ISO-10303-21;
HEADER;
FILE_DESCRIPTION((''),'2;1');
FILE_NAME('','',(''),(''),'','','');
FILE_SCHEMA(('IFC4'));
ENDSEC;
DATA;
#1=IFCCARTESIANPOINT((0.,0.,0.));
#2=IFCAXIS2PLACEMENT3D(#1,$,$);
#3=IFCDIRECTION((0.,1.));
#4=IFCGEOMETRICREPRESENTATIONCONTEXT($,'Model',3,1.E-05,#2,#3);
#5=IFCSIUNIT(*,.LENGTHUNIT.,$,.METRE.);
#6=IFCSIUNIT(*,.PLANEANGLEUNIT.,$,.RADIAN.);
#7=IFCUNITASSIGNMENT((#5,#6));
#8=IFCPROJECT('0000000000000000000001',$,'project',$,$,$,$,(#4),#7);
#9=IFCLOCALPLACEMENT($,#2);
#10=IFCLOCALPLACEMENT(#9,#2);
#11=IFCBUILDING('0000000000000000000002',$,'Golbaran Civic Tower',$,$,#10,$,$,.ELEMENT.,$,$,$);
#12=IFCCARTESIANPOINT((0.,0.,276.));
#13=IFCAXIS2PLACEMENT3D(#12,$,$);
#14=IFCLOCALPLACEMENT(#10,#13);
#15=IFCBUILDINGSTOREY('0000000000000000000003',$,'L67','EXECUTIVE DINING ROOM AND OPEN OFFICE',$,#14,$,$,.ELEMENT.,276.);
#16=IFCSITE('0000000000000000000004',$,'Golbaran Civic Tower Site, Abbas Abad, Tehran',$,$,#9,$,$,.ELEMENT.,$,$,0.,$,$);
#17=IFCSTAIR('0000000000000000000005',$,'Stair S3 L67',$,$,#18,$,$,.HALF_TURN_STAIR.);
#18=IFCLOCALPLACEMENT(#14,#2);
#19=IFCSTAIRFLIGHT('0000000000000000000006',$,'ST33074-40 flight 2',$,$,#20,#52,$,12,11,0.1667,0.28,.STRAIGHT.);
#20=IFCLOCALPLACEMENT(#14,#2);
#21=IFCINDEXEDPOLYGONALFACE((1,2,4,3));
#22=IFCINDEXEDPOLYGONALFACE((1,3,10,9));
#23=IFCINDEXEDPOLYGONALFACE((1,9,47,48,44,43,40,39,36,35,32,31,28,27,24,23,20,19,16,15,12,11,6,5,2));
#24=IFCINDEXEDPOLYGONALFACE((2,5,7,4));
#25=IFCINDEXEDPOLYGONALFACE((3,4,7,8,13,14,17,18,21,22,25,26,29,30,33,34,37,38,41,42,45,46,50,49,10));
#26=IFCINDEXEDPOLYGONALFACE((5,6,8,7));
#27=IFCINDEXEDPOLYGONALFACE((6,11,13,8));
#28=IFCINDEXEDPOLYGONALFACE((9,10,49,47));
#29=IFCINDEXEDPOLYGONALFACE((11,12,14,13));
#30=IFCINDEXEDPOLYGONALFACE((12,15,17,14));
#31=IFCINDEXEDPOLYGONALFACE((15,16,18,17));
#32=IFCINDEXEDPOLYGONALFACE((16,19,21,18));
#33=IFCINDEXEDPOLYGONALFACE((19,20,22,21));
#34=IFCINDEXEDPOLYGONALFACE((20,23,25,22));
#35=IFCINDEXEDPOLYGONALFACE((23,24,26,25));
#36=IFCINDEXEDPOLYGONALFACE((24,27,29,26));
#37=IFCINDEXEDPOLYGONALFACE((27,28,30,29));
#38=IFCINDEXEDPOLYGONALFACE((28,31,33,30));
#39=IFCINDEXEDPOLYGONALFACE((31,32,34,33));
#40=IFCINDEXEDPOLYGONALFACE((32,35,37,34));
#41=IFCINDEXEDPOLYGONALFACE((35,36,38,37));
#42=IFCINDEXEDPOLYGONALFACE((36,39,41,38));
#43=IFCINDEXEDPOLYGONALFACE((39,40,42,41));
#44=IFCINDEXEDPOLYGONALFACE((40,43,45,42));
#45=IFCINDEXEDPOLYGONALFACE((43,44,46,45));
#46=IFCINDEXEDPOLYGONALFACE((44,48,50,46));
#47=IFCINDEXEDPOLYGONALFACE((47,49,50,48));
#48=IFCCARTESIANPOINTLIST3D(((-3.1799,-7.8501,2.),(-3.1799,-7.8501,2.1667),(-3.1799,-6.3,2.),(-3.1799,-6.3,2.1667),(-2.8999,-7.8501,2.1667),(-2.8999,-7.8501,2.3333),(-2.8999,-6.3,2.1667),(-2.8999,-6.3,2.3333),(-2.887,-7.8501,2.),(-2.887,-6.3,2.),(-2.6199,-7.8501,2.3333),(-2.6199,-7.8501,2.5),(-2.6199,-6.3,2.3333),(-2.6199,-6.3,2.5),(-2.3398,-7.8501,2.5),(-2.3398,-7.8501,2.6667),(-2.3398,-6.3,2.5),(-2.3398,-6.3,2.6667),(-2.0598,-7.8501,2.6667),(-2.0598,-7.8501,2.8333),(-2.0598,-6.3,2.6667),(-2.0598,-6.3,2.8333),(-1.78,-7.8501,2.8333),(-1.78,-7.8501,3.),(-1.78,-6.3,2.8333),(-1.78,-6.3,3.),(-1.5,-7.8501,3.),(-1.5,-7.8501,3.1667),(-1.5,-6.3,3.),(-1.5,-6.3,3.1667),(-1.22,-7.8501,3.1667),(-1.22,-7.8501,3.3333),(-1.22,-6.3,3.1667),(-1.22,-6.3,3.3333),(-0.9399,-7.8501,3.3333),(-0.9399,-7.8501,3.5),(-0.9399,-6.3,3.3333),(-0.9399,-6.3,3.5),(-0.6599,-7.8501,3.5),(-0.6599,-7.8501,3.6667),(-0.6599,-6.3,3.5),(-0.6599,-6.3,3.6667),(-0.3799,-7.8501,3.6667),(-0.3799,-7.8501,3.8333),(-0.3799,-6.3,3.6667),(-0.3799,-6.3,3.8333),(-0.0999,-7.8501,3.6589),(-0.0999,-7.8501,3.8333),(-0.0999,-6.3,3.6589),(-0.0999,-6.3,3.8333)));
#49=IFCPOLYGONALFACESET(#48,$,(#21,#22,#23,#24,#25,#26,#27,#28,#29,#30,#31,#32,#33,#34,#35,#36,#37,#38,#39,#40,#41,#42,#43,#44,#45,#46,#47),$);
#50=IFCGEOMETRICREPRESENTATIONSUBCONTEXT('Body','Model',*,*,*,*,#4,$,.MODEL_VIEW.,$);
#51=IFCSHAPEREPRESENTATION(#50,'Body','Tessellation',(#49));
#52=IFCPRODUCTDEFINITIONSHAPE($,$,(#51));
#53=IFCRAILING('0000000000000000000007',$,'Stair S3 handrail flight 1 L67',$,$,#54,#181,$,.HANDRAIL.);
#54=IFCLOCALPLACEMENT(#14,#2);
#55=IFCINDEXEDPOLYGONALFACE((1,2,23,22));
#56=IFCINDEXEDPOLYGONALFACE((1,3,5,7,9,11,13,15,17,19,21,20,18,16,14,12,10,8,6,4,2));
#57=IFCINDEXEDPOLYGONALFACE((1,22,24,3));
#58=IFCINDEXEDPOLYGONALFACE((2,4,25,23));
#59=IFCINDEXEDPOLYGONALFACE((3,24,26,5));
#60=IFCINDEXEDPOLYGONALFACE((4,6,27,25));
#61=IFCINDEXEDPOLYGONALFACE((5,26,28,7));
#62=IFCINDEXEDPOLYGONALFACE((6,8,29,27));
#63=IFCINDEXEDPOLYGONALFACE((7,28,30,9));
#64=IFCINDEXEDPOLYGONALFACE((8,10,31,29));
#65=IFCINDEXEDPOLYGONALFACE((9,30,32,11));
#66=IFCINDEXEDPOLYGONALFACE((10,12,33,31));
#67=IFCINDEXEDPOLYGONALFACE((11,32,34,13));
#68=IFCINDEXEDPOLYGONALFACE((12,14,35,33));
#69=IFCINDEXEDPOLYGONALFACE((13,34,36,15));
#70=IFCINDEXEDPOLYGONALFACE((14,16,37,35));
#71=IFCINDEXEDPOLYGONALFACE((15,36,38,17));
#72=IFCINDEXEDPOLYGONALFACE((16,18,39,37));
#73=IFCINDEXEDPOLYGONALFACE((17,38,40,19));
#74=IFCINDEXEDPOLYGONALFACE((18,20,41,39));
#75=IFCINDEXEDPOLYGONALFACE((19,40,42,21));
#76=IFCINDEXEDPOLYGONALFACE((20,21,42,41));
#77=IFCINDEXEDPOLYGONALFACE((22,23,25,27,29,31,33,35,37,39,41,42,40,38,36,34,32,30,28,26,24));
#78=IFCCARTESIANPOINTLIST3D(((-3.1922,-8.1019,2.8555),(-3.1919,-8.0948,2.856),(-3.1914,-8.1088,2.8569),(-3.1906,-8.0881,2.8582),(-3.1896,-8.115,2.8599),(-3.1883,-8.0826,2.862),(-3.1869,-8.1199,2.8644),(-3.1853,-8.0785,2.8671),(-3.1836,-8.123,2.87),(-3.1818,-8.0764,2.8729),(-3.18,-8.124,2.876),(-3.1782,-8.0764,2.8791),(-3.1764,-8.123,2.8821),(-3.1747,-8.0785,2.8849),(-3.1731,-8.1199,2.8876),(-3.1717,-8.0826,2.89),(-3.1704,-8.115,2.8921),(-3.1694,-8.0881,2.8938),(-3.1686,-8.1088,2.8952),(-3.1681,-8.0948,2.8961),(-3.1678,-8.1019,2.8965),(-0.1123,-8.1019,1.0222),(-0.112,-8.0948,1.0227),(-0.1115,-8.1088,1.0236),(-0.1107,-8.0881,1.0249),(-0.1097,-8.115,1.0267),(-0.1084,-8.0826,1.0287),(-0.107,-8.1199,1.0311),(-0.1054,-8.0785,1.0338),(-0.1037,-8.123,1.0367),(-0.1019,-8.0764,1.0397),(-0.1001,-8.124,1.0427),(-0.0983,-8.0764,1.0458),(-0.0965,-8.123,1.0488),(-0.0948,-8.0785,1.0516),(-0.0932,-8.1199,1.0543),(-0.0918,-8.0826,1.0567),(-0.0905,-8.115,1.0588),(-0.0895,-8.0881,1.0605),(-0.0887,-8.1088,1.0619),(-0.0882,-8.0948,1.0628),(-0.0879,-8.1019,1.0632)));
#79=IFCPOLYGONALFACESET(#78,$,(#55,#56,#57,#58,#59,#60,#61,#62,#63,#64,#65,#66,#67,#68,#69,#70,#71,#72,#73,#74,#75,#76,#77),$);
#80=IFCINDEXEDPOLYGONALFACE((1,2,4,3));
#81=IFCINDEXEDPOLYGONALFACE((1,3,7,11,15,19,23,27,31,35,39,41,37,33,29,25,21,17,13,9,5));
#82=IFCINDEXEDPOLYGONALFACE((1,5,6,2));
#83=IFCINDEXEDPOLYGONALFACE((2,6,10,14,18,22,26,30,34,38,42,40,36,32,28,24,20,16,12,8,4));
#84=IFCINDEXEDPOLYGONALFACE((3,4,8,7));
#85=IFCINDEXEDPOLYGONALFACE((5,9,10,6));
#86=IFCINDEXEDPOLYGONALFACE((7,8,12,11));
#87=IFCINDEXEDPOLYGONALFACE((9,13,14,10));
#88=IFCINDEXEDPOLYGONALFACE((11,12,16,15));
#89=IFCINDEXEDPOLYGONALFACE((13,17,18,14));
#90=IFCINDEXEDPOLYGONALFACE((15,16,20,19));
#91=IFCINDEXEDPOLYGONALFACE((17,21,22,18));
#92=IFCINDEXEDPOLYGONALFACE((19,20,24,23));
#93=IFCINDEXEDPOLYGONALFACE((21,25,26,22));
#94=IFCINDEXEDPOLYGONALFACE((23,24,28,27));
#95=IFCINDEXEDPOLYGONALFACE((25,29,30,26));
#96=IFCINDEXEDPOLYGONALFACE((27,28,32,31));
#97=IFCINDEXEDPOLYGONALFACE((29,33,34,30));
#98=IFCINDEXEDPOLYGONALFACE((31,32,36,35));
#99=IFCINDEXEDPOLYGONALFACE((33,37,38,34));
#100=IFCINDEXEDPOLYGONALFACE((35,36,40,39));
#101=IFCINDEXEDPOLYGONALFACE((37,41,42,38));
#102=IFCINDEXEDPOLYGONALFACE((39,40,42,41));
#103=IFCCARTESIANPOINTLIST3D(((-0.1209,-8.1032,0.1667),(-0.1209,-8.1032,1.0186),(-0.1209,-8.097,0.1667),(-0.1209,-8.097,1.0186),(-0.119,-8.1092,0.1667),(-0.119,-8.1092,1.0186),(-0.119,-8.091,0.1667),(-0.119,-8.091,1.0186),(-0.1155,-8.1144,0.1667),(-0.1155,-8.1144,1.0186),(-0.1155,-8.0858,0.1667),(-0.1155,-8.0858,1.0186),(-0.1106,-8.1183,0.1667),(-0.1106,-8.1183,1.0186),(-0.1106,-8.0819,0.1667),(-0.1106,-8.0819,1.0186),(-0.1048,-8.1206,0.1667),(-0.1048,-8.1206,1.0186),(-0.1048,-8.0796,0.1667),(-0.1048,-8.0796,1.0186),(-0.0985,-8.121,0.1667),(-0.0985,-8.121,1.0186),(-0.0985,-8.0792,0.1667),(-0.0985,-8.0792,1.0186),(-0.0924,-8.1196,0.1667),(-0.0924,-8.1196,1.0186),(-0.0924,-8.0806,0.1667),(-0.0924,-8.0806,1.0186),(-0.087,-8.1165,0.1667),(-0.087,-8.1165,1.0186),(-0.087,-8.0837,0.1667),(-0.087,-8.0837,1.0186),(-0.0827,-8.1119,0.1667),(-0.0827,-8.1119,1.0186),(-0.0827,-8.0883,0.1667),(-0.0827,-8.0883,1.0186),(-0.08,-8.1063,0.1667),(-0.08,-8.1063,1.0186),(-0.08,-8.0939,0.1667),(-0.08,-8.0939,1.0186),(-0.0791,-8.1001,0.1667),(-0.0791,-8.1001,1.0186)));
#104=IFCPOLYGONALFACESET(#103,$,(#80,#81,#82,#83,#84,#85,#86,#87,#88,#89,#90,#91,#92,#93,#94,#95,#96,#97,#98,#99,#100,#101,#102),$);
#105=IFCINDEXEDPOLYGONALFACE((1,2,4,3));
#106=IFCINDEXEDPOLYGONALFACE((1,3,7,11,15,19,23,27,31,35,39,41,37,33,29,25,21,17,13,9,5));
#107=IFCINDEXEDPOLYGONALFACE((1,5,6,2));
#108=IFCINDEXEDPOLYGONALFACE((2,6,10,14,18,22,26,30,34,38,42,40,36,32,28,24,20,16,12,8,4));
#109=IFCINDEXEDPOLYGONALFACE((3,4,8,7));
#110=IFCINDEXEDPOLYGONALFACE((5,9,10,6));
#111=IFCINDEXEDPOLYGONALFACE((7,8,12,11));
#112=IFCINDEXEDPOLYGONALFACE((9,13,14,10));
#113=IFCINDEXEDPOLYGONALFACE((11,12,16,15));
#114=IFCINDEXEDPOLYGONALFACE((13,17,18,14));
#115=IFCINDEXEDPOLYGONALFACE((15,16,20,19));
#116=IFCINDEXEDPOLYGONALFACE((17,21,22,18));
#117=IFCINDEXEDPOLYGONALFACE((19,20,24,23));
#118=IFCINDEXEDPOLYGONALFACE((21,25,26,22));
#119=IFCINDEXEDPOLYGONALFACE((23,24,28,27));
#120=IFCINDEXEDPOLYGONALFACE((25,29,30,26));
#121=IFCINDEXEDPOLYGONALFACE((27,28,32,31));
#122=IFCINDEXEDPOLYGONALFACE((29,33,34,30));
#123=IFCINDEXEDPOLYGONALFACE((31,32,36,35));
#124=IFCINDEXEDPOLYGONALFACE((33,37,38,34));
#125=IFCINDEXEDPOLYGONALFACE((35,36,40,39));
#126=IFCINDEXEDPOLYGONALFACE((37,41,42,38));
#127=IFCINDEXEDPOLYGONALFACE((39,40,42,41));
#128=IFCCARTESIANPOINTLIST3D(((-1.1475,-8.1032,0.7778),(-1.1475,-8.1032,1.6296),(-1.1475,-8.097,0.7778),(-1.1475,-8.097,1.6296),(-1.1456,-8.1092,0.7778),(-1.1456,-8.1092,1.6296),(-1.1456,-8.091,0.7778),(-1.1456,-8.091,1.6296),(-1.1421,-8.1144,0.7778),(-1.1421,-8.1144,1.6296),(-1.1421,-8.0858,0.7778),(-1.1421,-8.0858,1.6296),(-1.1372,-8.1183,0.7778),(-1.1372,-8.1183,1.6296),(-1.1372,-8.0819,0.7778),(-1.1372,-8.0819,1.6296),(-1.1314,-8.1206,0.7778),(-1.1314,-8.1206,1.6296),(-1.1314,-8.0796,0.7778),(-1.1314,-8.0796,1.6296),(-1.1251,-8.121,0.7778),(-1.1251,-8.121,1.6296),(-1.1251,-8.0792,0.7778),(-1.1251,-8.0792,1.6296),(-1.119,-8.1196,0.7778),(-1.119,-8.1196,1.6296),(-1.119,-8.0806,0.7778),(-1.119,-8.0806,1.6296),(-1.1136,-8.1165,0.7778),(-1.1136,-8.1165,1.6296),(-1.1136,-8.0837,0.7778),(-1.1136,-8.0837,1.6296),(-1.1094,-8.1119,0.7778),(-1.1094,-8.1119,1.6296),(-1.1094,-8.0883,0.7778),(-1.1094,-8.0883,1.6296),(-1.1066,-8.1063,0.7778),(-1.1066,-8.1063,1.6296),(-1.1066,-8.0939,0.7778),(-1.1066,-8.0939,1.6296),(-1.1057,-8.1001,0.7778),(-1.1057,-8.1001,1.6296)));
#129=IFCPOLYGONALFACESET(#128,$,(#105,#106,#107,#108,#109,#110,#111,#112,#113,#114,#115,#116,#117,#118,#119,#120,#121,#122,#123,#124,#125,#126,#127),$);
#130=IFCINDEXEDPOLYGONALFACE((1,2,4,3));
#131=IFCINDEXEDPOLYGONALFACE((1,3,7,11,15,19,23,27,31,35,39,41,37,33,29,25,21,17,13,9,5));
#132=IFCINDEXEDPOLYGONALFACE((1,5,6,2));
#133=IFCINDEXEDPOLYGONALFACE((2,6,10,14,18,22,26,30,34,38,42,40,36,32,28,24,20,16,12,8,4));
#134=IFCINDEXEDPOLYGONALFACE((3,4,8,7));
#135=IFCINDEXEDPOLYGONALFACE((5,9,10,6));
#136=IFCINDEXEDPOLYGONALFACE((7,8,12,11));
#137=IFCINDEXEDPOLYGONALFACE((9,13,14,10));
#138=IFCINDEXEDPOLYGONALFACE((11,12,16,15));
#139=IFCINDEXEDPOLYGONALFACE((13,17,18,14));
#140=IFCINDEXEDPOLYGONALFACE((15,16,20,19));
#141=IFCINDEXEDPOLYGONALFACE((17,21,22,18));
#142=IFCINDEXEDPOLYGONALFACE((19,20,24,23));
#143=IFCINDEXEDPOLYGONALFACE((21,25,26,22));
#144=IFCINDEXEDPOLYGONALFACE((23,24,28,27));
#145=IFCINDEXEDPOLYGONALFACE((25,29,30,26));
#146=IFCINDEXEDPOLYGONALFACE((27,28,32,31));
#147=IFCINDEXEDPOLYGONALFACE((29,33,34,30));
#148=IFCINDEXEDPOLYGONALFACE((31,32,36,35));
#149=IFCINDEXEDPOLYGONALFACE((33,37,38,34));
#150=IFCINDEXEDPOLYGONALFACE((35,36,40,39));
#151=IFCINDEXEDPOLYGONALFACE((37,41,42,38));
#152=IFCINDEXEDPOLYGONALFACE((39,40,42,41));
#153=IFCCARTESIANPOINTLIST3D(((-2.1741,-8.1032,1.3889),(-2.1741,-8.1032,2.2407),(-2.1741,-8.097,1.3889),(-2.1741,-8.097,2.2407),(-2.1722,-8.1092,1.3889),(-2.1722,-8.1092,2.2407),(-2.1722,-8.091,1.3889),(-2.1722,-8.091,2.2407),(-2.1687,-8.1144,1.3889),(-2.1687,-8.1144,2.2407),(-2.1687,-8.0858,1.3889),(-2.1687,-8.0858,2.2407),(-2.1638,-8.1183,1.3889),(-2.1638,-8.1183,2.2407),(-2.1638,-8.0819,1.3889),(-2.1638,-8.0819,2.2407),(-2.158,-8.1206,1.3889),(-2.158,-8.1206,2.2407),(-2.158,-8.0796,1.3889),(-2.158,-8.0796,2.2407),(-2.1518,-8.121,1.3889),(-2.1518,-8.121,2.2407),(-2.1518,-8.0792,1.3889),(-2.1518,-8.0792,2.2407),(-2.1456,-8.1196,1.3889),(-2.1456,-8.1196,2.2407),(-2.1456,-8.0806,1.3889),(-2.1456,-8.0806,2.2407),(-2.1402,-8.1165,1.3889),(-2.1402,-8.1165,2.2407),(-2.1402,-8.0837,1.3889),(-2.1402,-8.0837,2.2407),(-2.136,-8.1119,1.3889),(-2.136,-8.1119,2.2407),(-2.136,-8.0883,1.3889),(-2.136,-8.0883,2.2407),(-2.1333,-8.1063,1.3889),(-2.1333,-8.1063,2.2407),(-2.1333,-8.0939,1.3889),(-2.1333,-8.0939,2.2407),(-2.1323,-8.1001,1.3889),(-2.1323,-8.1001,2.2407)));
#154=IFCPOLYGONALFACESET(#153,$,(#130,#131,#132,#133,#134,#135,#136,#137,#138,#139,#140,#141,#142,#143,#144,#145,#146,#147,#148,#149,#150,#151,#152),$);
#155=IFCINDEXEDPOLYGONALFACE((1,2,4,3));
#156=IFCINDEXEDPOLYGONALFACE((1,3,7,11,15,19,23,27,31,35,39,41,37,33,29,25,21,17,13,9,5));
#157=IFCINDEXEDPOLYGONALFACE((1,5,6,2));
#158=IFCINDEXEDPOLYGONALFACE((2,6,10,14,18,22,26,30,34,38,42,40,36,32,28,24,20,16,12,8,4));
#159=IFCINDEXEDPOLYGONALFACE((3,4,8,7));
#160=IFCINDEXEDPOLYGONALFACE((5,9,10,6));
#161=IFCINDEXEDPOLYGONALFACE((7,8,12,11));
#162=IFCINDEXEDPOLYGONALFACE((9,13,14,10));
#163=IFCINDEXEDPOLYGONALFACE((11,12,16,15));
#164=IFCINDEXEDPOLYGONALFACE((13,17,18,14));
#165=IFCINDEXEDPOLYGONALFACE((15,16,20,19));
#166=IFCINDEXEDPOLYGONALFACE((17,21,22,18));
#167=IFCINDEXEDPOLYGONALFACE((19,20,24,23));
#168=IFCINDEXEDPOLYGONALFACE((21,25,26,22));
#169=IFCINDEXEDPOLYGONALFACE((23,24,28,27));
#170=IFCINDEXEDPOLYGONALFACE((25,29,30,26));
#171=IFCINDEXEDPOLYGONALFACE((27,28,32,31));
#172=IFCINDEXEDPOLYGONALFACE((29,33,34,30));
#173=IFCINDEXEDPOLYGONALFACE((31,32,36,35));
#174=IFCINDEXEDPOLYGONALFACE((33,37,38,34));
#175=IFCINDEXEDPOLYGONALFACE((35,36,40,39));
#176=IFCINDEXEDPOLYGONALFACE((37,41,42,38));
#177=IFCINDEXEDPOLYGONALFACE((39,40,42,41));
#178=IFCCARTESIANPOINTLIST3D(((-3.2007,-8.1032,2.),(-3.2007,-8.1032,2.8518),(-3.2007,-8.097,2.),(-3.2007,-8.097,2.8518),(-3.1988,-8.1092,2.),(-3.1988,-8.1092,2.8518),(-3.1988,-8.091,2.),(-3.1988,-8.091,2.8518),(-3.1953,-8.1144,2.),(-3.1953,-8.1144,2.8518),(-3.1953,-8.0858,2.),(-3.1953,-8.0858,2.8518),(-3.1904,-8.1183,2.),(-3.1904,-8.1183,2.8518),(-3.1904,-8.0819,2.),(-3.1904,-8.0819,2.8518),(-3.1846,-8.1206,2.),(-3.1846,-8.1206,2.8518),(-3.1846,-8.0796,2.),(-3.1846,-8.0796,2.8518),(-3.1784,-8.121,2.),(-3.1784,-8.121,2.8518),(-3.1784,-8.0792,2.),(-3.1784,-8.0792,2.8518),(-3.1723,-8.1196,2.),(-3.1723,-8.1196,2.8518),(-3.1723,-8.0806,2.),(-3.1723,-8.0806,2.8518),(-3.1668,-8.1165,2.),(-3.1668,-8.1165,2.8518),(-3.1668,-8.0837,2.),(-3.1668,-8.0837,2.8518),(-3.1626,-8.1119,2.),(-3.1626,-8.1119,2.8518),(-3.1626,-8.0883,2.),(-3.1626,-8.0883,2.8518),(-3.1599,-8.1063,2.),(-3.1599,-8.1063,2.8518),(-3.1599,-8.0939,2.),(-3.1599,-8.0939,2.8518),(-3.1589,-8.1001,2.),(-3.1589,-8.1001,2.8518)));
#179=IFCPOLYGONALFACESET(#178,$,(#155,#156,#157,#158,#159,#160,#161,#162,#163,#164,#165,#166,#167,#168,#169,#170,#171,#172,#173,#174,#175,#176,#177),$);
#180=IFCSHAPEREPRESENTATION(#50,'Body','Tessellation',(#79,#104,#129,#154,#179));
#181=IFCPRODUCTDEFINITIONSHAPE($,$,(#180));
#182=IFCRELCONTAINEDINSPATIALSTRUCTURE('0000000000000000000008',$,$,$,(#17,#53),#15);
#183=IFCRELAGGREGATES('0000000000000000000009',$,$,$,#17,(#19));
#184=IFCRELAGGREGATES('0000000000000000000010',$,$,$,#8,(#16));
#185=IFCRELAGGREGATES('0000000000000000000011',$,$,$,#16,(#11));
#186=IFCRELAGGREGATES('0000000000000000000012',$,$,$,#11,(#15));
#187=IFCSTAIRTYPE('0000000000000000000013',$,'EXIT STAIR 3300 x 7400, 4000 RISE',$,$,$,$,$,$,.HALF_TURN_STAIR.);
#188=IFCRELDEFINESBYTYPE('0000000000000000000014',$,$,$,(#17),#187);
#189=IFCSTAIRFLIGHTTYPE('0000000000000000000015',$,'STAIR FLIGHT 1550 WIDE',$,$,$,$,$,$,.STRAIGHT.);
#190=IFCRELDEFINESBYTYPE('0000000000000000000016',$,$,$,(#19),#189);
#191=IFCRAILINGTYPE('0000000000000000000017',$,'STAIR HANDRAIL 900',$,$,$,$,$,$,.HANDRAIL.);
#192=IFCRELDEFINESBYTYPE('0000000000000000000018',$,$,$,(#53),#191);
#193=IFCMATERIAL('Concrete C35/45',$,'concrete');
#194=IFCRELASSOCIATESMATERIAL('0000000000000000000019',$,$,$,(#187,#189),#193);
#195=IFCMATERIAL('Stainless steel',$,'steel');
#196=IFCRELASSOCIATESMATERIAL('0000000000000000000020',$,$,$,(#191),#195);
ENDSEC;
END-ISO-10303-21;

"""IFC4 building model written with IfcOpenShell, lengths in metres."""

from ifc_helpers import new_model, si_unit, direction, frame, origin, origin_2d, place, context, subcontext, project, spatial, polyline, circle, outline, extrude, material, type_object, element, aggregate, save


model = new_model("IFC4")

# Units and contexts
model_context = context("Model", 3, precision=1e-05, world=origin(), true_north=direction((0.0, 1.0)))
body_context = subcontext(model_context, "Body", "Model", "MODEL_VIEW")
ifc_project = project(units=[si_unit("LENGTHUNIT", "METRE"), si_unit("PLANEANGLEUNIT", "RADIAN")], contexts=[model_context])

# Site, building, storey
site_placement = place(None, origin())
site = spatial("IfcSite", under=ifc_project, at=site_placement, Name="Golbaran Civic Tower Site, Abbas Abad, Tehran", CompositionType="ELEMENT", RefElevation=0.0)
building_placement = place(site_placement, origin())
building = spatial("IfcBuilding", under=site, at=building_placement, Name="Golbaran Civic Tower", CompositionType="ELEMENT")
storey_placement = place(building_placement, frame((0.0, 0.0, 276.0)))
storey = spatial("IfcBuildingStorey", under=building, at=storey_placement, Name="L67", Description="EXECUTIVE DINING ROOM AND OPEN OFFICE", CompositionType="ELEMENT", Elevation=276.0)

# Shared definitions
ifc_material_1 = material(Name="Stainless steel", Category="steel")

# Stair, stair flight
ifc_material_2 = material(Name="Concrete C35/45", Category="concrete")
stair_type = type_object("IfcStairType", Name="EXIT STAIR 3300 x 7400, 4000 RISE", PredefinedType="HALF_TURN_STAIR", material=ifc_material_2)
stair_placement = place(storey_placement, origin())
stair = element("IfcStair", 1, at=stair_placement, inside=storey, type_object=stair_type, Name="Stair S3 L67", PredefinedType="HALF_TURN_STAIR")
stair_flight_type = type_object("IfcStairFlightType", Name="STAIR FLIGHT 1550 WIDE", PredefinedType="STRAIGHT", material=ifc_material_2)
stair_flight_1_placement = place(storey_placement, frame((-3.1799, -7.075, 2.0), z_axis=(0.0, 0.0, 1.0), x_axis=(1.0, 0.0, 0.0)))
stair_flight_1 = element("IfcStairFlight", 2, at=stair_flight_1_placement, type_object=stair_flight_type, Name="ST33074-40 flight 2", NumberOfRisers=12, NumberOfTreads=11, PredefinedType="STRAIGHT", RiserHeight=0.1667, TreadLength=0.28, context=body_context, shape_type="SweptSolid", body=[
    extrude(outline(polyline([(0.0, 0.0), (0.0, 0.1667), (0.28, 0.1667), (0.28, 0.3333), (0.5601, 0.3333), (0.5601, 0.5), (0.8401, 0.5), (0.8401, 0.6667), (1.1201, 0.6667), (1.1201, 0.8333), (1.3999, 0.8333), (1.3999, 1.0), (1.6799, 1.0), (1.6799, 1.1667), (1.96, 1.1667), (1.96, 1.3333), (2.24, 1.3333), (2.24, 1.5), (2.52, 1.5), (2.52, 1.6667), (2.8, 1.6667), (2.8, 1.8333), (3.0801, 1.8333), (3.0801, 2.0), (3.0801, 1.6589), (0.293, 0.0), (0.0, 0.0)])), frame((0.0, 0.7749, 0.0), z_axis=(0.0, -1.0, 0.0), x_axis=(1.0, 0.0, 0.0)), (0.0, 0.0, 1.0), 1.55),
])
aggregate(stair, [stair_flight_1])

# Railing
railing_type = type_object("IfcRailingType", Name="STAIR HANDRAIL 900", PredefinedType="HANDRAIL", material=ifc_material_1)
railing_1_placement = place(storey_placement, frame((-0.1001, -8.1001, 0.1667)))
element("IfcRailing", 3, at=railing_1_placement, inside=storey, type_object=railing_type, Name="Stair S3 handrail flight 1 L67", PredefinedType="HANDRAIL", context=body_context, shape_type="SweptSolid", body=[
    extrude(circle(Radius=0.0239, at=origin_2d()), frame((0.0, 0.0, 0.876), z_axis=(-0.859291, 0.0, 0.511487), x_axis=(0.0, -1.0, 0.0)), (0.0, 0.0, 1.0), 3.5842),
    extrude(circle(Radius=0.021, at=origin_2d()), origin(), (0.0, 0.0, 1.0), 0.8518),
    extrude(circle(Radius=0.021, at=origin_2d()), frame((-1.0266, 0.0, 0.6111)), (0.0, 0.0, 1.0), 0.8518),
    extrude(circle(Radius=0.021, at=origin_2d()), frame((-2.0532, 0.0, 1.2222)), (0.0, 0.0, 1.0), 0.8518),
    extrude(circle(Radius=0.021, at=origin_2d()), frame((-3.0798, 0.0, 1.8333)), (0.0, 0.0, 1.0), 0.8518),
])

save(model, "model.ifc")
